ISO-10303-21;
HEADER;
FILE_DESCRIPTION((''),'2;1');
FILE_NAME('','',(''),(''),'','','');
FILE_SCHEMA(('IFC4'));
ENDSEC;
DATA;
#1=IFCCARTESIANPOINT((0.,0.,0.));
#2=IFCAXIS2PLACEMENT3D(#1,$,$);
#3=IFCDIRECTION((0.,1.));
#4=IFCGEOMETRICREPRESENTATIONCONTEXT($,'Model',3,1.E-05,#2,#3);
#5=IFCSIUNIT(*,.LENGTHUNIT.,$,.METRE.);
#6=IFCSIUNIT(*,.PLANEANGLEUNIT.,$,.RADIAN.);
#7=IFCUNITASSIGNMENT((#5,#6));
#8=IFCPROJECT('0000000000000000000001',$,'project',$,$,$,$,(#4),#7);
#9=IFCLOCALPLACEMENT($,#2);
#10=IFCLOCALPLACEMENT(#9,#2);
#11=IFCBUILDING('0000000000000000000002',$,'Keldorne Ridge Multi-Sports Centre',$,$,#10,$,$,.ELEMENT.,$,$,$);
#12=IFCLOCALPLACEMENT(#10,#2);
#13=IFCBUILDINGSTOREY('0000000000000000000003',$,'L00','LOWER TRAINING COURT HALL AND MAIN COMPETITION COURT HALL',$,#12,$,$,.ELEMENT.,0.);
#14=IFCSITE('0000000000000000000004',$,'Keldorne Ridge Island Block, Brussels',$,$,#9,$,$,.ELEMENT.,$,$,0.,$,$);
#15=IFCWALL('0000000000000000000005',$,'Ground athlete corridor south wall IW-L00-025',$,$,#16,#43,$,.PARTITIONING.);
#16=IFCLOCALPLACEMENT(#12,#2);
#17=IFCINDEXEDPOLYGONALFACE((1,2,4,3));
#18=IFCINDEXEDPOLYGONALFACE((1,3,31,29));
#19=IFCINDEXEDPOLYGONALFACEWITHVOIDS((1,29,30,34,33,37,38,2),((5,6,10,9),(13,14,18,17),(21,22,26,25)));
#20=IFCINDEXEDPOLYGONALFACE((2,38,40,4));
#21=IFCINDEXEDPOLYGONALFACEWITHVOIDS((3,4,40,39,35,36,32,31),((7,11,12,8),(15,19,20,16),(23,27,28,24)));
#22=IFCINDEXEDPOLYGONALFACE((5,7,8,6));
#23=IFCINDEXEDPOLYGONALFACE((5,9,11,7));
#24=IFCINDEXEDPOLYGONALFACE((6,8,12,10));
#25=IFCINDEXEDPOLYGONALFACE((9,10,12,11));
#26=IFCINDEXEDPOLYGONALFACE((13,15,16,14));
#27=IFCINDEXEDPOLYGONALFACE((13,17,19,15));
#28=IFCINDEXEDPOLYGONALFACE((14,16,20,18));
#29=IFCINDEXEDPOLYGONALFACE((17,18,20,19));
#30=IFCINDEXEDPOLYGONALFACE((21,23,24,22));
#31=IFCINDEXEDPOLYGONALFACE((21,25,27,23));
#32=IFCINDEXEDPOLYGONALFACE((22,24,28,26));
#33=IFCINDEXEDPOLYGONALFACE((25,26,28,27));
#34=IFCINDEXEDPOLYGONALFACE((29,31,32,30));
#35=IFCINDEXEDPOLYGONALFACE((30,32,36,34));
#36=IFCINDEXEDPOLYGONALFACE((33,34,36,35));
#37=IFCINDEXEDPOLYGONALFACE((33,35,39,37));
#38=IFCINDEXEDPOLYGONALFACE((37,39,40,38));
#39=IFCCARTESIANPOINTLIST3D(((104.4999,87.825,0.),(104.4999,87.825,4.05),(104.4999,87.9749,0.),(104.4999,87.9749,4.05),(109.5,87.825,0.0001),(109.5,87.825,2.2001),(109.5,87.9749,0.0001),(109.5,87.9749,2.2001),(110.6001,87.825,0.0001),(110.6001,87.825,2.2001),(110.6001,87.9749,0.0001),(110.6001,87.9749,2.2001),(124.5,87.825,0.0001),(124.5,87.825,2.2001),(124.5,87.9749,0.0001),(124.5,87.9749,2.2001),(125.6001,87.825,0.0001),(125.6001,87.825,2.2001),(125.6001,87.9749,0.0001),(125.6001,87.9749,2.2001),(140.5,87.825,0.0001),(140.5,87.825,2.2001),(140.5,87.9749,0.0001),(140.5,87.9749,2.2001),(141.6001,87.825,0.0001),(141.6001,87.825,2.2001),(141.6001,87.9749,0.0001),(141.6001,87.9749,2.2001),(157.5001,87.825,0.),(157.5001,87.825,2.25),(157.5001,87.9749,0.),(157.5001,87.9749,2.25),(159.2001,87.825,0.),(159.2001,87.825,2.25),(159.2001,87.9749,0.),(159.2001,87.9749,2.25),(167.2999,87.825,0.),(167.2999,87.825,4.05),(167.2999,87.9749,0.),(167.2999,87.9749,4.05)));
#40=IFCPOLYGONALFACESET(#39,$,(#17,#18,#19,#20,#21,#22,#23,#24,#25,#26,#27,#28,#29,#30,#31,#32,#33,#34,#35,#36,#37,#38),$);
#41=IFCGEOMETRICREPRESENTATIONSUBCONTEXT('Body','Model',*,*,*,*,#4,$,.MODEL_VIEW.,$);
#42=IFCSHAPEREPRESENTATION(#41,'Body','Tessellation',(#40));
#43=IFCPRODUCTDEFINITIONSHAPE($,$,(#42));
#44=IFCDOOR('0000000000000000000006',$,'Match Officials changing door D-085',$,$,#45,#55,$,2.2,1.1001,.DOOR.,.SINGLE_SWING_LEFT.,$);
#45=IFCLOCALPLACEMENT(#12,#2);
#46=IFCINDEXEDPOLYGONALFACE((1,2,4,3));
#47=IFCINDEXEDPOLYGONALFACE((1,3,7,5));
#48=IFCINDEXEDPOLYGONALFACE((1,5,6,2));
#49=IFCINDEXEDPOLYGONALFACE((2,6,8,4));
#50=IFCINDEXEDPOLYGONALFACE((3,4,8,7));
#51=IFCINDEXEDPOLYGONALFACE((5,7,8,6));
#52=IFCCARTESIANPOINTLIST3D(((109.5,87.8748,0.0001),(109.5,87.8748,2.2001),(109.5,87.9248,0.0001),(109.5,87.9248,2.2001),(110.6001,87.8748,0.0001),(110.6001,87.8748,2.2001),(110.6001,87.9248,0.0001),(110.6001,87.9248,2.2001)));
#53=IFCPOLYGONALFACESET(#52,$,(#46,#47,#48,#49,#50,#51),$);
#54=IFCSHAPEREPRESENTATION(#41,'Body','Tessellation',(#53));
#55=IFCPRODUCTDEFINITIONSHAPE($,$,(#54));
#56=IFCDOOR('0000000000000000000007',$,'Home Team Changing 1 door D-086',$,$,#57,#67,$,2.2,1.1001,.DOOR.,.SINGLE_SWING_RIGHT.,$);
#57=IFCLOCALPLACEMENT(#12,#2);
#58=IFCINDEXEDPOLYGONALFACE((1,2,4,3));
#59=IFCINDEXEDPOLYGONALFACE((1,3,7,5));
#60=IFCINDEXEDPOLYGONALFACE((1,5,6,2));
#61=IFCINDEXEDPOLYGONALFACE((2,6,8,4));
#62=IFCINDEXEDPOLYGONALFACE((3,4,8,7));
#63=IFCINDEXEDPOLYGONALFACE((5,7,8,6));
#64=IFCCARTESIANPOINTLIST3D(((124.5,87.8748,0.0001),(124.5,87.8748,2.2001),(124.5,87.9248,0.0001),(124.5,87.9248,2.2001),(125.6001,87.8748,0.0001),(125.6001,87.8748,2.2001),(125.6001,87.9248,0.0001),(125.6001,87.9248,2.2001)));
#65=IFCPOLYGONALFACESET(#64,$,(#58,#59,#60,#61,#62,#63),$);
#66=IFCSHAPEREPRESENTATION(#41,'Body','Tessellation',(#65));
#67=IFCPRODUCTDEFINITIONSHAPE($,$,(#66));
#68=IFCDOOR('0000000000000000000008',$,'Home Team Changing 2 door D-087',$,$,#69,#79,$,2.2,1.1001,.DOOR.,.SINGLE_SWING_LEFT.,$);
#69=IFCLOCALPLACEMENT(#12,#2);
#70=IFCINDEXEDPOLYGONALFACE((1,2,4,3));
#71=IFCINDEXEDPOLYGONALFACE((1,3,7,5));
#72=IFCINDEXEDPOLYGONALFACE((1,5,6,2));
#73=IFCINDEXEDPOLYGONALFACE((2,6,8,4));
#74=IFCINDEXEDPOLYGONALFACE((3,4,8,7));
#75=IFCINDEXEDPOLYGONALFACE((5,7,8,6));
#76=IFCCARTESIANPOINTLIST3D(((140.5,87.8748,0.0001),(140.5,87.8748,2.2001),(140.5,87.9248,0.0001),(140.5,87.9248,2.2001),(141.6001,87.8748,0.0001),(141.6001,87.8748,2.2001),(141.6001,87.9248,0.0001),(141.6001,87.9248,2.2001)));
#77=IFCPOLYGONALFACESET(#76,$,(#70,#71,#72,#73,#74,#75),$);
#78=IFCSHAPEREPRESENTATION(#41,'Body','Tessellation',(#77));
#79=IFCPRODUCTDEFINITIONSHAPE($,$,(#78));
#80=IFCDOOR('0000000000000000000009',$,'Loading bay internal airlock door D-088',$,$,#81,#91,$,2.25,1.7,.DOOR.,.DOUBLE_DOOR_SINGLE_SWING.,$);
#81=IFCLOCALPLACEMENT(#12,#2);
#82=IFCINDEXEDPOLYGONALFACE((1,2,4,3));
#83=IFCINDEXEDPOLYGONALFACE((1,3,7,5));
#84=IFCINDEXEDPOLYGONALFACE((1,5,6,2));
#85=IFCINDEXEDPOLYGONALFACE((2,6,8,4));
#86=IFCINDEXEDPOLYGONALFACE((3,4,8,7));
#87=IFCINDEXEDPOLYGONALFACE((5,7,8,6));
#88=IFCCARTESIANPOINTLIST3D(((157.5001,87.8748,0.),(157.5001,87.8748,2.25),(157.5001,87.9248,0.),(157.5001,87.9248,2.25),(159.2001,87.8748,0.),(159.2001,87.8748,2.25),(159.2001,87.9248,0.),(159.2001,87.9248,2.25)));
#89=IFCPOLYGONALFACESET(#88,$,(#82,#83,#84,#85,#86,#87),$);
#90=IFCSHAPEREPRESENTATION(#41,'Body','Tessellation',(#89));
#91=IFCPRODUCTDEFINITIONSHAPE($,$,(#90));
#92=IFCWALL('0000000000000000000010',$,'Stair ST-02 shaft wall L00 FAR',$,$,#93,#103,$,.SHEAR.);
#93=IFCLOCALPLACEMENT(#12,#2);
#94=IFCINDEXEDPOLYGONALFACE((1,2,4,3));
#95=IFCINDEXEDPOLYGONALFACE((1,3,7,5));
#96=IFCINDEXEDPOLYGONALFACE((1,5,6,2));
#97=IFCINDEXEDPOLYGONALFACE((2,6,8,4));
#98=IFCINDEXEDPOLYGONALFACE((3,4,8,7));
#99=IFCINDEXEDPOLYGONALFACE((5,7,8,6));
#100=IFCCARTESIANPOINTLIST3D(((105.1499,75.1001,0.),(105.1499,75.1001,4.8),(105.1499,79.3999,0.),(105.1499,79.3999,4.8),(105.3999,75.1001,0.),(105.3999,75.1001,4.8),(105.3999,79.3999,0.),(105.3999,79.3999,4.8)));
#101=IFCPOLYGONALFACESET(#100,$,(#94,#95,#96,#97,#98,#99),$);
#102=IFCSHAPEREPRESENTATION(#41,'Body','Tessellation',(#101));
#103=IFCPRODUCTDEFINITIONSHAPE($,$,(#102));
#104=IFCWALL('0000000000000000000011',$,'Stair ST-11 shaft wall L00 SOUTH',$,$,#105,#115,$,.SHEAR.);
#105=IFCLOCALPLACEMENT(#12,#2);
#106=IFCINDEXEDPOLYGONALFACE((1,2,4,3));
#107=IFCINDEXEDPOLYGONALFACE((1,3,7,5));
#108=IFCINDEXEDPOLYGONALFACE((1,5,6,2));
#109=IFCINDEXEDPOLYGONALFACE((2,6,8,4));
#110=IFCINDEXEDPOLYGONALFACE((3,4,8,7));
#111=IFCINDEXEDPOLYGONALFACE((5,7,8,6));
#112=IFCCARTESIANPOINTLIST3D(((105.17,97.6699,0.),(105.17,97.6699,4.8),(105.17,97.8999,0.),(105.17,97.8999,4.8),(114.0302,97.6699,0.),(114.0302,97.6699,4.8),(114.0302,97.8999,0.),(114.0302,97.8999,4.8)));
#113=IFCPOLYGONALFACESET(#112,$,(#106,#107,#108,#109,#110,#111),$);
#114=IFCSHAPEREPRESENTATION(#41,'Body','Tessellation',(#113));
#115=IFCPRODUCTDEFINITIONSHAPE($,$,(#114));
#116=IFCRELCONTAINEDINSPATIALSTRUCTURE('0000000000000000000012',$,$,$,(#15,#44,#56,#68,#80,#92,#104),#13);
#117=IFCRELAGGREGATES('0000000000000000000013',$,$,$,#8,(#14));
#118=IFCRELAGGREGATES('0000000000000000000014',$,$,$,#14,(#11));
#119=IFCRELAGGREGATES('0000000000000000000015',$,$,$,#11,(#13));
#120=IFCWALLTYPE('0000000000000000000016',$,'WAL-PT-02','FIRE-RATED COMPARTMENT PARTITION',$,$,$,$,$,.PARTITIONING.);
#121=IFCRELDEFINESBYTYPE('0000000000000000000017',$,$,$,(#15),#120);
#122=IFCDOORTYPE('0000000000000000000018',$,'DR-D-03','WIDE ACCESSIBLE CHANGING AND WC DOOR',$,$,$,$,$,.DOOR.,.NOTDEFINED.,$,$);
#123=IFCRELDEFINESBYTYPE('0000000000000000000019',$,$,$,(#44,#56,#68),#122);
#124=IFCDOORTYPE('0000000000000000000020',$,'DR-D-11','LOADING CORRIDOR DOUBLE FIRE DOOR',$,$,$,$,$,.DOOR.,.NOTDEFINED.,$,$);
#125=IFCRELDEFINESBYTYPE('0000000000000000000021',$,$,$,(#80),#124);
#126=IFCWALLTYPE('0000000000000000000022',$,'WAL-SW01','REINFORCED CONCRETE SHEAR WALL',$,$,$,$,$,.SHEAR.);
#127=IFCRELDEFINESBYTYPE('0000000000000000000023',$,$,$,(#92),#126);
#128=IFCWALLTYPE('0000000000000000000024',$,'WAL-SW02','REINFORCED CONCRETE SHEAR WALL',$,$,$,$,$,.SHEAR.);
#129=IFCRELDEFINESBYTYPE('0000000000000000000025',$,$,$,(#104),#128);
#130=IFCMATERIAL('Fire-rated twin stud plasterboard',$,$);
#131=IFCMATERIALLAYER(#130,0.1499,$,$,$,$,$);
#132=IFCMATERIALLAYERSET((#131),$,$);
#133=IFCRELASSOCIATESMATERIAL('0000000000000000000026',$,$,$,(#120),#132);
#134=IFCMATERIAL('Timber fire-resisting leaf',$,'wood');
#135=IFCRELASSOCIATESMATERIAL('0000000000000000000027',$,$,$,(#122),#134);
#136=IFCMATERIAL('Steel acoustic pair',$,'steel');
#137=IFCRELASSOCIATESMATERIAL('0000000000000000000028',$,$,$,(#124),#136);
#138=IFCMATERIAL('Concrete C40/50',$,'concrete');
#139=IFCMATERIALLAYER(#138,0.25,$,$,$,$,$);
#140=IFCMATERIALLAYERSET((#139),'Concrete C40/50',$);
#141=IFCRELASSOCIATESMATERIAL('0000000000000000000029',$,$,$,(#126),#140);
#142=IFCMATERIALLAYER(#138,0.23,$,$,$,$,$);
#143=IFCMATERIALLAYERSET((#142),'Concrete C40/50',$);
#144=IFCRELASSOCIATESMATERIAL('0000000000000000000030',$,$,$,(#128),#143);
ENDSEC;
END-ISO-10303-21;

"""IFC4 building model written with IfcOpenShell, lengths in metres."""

from ifc_helpers import new_model, si_unit, direction, frame, frame_2d, origin, place, context, subcontext, project, spatial, rectangle, extrude, material, layer, layer_set, type_object, element, fill, save


model = new_model("IFC4")

# Units and contexts
model_context = context("Model", 3, precision=1e-05, world=origin(), true_north=direction((0.0, 1.0)))
body_context = subcontext(model_context, "Body", "Model", "MODEL_VIEW")
ifc_project = project(units=[si_unit("LENGTHUNIT", "METRE"), si_unit("PLANEANGLEUNIT", "RADIAN")], contexts=[model_context])

# Site, building, storey
site_placement = place(None, origin())
site = spatial("IfcSite", under=ifc_project, at=site_placement, Name="Keldorne Ridge Island Block, Brussels", CompositionType="ELEMENT", RefElevation=0.0)
building_placement = place(site_placement, origin())
building = spatial("IfcBuilding", under=site, at=building_placement, Name="Keldorne Ridge Multi-Sports Centre", CompositionType="ELEMENT")
storey_placement = place(building_placement, origin())
storey = spatial("IfcBuildingStorey", under=building, at=storey_placement, Name="L00", Description="LOWER TRAINING COURT HALL AND MAIN COMPETITION COURT HALL", CompositionType="ELEMENT", Elevation=0.0)

# Wall, openings, doors
ifc_material_1 = material(Name="Fire-rated twin stud plasterboard")
ifc_layer_1 = layer(ifc_material_1, 0.1499)
ifc_layer_set_1 = layer_set([ifc_layer_1])
wall_type_1 = type_object("IfcWallType", Name="WAL-PT-02", Description="FIRE-RATED COMPARTMENT PARTITION", PredefinedType="PARTITIONING", material=ifc_layer_set_1)
wall_1_placement = place(storey_placement, frame((104.5, 87.8999, 0.0), z_axis=(0.0, 0.0, 1.0), x_axis=(1.0, 0.0, 0.0)))
wall_1 = element("IfcWall", 1, at=wall_1_placement, inside=storey, type_object=wall_type_1, Name="Ground athlete corridor south wall IW-L00-025", PredefinedType="PARTITIONING", context=body_context, shape_type="SweptSolid", body=[
    extrude(rectangle(XDim=62.8, YDim=0.1499, at=frame_2d((31.3999, 0.0))), origin(), (0.0, 0.0, 1.0), 4.05),
])
opening_1_placement = place(wall_1_placement, frame((5.0, 0.0, 0.0)))
opening_1 = element("IfcOpeningElement", 2, at=opening_1_placement, cuts=wall_1, PredefinedType="OPENING", context=body_context, shape_type="SweptSolid", body=[
    extrude(rectangle(XDim=1.1001, YDim=2.2, at=frame_2d((0.55, 1.1001))), frame((0.0, 0.085, 0.0), z_axis=(0.0, -1.0, 0.0), x_axis=(1.0, 0.0, 0.0)), (0.0, 0.0, 1.0), 0.1699),
])
opening_2_placement = place(wall_1_placement, frame((20.0, 0.0, 0.0)))
opening_2 = element("IfcOpeningElement", 3, at=opening_2_placement, cuts=wall_1, PredefinedType="OPENING", context=body_context, shape_type="SweptSolid", body=[
    extrude(rectangle(XDim=1.1001, YDim=2.2, at=frame_2d((0.55, 1.1001))), frame((0.0, 0.085, 0.0), z_axis=(0.0, -1.0, 0.0), x_axis=(1.0, 0.0, 0.0)), (0.0, 0.0, 1.0), 0.1699),
])
opening_3_placement = place(wall_1_placement, frame((36.0, 0.0, 0.0)))
opening_3 = element("IfcOpeningElement", 4, at=opening_3_placement, cuts=wall_1, PredefinedType="OPENING", context=body_context, shape_type="SweptSolid", body=[
    extrude(rectangle(XDim=1.1001, YDim=2.2, at=frame_2d((0.55, 1.1001))), frame((0.0, 0.085, 0.0), z_axis=(0.0, -1.0, 0.0), x_axis=(1.0, 0.0, 0.0)), (0.0, 0.0, 1.0), 0.1699),
])
opening_4_placement = place(wall_1_placement, frame((53.0, 0.0, 0.0)))
opening_4 = element("IfcOpeningElement", 5, at=opening_4_placement, cuts=wall_1, PredefinedType="OPENING", context=body_context, shape_type="SweptSolid", body=[
    extrude(rectangle(XDim=1.7, YDim=2.25, at=frame_2d((0.8501, 1.125))), frame((0.0, 0.085, 0.0), z_axis=(0.0, -1.0, 0.0), x_axis=(1.0, 0.0, 0.0)), (0.0, 0.0, 1.0), 0.1699),
])
ifc_material_2 = material(Name="Timber fire-resisting leaf", Category="wood")
door_type_1 = type_object("IfcDoorType", Name="DR-D-03", Description="WIDE ACCESSIBLE CHANGING AND WC DOOR", OperationType="NOTDEFINED", PredefinedType="DOOR", material=ifc_material_2)
door_1_placement = place(opening_1_placement, origin())
door_1 = element("IfcDoor", 6, at=door_1_placement, inside=storey, type_object=door_type_1, Name="Match Officials changing door D-085", OperationType="SINGLE_SWING_LEFT", OverallHeight=2.2, OverallWidth=1.1001, PredefinedType="DOOR", context=body_context, shape_type="SweptSolid", body=[
    extrude(rectangle(XDim=1.1001, YDim=2.2, at=frame_2d((0.55, 1.1001))), frame((0.0, 0.0249, 0.0), z_axis=(0.0, -1.0, 0.0), x_axis=(1.0, 0.0, 0.0)), (0.0, 0.0, 1.0), 0.05),
])
fill(opening_1, door_1)
door_2_placement = place(opening_2_placement, origin())
door_2 = element("IfcDoor", 7, at=door_2_placement, inside=storey, type_object=door_type_1, Name="Home Team Changing 1 door D-086", OperationType="SINGLE_SWING_RIGHT", OverallHeight=2.2, OverallWidth=1.1001, PredefinedType="DOOR", context=body_context, shape_type="SweptSolid", body=[
    extrude(rectangle(XDim=1.1001, YDim=2.2, at=frame_2d((0.55, 1.1001))), frame((0.0, 0.0249, 0.0), z_axis=(0.0, -1.0, 0.0), x_axis=(1.0, 0.0, 0.0)), (0.0, 0.0, 1.0), 0.05),
])
fill(opening_2, door_2)
door_3_placement = place(opening_3_placement, origin())
door_3 = element("IfcDoor", 8, at=door_3_placement, inside=storey, type_object=door_type_1, Name="Home Team Changing 2 door D-087", OperationType="SINGLE_SWING_LEFT", OverallHeight=2.2, OverallWidth=1.1001, PredefinedType="DOOR", context=body_context, shape_type="SweptSolid", body=[
    extrude(rectangle(XDim=1.1001, YDim=2.2, at=frame_2d((0.55, 1.1001))), frame((0.0, 0.0249, 0.0), z_axis=(0.0, -1.0, 0.0), x_axis=(1.0, 0.0, 0.0)), (0.0, 0.0, 1.0), 0.05),
])
fill(opening_3, door_3)
ifc_material_3 = material(Name="Steel acoustic pair", Category="steel")
door_type_2 = type_object("IfcDoorType", Name="DR-D-11", Description="LOADING CORRIDOR DOUBLE FIRE DOOR", OperationType="NOTDEFINED", PredefinedType="DOOR", material=ifc_material_3)
door_4_placement = place(opening_4_placement, origin())
door_4 = element("IfcDoor", 9, at=door_4_placement, inside=storey, type_object=door_type_2, Name="Loading bay internal airlock door D-088", OperationType="DOUBLE_DOOR_SINGLE_SWING", OverallHeight=2.25, OverallWidth=1.7, PredefinedType="DOOR", context=body_context, shape_type="SweptSolid", body=[
    extrude(rectangle(XDim=1.7, YDim=2.25, at=frame_2d((0.8501, 1.125))), frame((0.0, 0.0249, 0.0), z_axis=(0.0, -1.0, 0.0), x_axis=(1.0, 0.0, 0.0)), (0.0, 0.0, 1.0), 0.05),
])
fill(opening_4, door_4)

# Walls
ifc_material_4 = material(Name="Concrete C40/50", Category="concrete")
ifc_layer_2 = layer(ifc_material_4, 0.25)
ifc_layer_set_2 = layer_set([ifc_layer_2], Name="Concrete C40/50")
wall_type_2 = type_object("IfcWallType", Name="WAL-SW01", Description="REINFORCED CONCRETE SHEAR WALL", PredefinedType="SHEAR", material=ifc_layer_set_2)
wall_2_placement = place(storey_placement, frame((105.2749, 79.3999, 0.0), z_axis=(0.0, 0.0, 1.0), x_axis=(0.0, -1.0, 0.0)))
element("IfcWall", 10, at=wall_2_placement, inside=storey, type_object=wall_type_2, Name="Stair ST-02 shaft wall L00 FAR", PredefinedType="SHEAR", context=body_context, shape_type="SweptSolid", body=[
    extrude(rectangle(XDim=4.2998, YDim=0.25, at=frame_2d((2.1499, 0.0))), origin(), (0.0, 0.0, 1.0), 4.8),
])
ifc_layer_3 = layer(ifc_material_4, 0.23)
ifc_layer_set_3 = layer_set([ifc_layer_3], Name="Concrete C40/50")
wall_type_3 = type_object("IfcWallType", Name="WAL-SW02", Description="REINFORCED CONCRETE SHEAR WALL", PredefinedType="SHEAR", material=ifc_layer_set_3)
wall_3_placement = place(storey_placement, frame((105.1699, 97.7849, 0.0), z_axis=(0.0, 0.0, 1.0), x_axis=(1.0, 0.0, 0.0)))
element("IfcWall", 11, at=wall_3_placement, inside=storey, type_object=wall_type_3, Name="Stair ST-11 shaft wall L00 SOUTH", PredefinedType="SHEAR", context=body_context, shape_type="SweptSolid", body=[
    extrude(rectangle(XDim=8.8601, YDim=0.23, at=frame_2d((4.4302, 0.0))), origin(), (0.0, 0.0, 1.0), 4.8),
])

save(model, "model.ifc")
